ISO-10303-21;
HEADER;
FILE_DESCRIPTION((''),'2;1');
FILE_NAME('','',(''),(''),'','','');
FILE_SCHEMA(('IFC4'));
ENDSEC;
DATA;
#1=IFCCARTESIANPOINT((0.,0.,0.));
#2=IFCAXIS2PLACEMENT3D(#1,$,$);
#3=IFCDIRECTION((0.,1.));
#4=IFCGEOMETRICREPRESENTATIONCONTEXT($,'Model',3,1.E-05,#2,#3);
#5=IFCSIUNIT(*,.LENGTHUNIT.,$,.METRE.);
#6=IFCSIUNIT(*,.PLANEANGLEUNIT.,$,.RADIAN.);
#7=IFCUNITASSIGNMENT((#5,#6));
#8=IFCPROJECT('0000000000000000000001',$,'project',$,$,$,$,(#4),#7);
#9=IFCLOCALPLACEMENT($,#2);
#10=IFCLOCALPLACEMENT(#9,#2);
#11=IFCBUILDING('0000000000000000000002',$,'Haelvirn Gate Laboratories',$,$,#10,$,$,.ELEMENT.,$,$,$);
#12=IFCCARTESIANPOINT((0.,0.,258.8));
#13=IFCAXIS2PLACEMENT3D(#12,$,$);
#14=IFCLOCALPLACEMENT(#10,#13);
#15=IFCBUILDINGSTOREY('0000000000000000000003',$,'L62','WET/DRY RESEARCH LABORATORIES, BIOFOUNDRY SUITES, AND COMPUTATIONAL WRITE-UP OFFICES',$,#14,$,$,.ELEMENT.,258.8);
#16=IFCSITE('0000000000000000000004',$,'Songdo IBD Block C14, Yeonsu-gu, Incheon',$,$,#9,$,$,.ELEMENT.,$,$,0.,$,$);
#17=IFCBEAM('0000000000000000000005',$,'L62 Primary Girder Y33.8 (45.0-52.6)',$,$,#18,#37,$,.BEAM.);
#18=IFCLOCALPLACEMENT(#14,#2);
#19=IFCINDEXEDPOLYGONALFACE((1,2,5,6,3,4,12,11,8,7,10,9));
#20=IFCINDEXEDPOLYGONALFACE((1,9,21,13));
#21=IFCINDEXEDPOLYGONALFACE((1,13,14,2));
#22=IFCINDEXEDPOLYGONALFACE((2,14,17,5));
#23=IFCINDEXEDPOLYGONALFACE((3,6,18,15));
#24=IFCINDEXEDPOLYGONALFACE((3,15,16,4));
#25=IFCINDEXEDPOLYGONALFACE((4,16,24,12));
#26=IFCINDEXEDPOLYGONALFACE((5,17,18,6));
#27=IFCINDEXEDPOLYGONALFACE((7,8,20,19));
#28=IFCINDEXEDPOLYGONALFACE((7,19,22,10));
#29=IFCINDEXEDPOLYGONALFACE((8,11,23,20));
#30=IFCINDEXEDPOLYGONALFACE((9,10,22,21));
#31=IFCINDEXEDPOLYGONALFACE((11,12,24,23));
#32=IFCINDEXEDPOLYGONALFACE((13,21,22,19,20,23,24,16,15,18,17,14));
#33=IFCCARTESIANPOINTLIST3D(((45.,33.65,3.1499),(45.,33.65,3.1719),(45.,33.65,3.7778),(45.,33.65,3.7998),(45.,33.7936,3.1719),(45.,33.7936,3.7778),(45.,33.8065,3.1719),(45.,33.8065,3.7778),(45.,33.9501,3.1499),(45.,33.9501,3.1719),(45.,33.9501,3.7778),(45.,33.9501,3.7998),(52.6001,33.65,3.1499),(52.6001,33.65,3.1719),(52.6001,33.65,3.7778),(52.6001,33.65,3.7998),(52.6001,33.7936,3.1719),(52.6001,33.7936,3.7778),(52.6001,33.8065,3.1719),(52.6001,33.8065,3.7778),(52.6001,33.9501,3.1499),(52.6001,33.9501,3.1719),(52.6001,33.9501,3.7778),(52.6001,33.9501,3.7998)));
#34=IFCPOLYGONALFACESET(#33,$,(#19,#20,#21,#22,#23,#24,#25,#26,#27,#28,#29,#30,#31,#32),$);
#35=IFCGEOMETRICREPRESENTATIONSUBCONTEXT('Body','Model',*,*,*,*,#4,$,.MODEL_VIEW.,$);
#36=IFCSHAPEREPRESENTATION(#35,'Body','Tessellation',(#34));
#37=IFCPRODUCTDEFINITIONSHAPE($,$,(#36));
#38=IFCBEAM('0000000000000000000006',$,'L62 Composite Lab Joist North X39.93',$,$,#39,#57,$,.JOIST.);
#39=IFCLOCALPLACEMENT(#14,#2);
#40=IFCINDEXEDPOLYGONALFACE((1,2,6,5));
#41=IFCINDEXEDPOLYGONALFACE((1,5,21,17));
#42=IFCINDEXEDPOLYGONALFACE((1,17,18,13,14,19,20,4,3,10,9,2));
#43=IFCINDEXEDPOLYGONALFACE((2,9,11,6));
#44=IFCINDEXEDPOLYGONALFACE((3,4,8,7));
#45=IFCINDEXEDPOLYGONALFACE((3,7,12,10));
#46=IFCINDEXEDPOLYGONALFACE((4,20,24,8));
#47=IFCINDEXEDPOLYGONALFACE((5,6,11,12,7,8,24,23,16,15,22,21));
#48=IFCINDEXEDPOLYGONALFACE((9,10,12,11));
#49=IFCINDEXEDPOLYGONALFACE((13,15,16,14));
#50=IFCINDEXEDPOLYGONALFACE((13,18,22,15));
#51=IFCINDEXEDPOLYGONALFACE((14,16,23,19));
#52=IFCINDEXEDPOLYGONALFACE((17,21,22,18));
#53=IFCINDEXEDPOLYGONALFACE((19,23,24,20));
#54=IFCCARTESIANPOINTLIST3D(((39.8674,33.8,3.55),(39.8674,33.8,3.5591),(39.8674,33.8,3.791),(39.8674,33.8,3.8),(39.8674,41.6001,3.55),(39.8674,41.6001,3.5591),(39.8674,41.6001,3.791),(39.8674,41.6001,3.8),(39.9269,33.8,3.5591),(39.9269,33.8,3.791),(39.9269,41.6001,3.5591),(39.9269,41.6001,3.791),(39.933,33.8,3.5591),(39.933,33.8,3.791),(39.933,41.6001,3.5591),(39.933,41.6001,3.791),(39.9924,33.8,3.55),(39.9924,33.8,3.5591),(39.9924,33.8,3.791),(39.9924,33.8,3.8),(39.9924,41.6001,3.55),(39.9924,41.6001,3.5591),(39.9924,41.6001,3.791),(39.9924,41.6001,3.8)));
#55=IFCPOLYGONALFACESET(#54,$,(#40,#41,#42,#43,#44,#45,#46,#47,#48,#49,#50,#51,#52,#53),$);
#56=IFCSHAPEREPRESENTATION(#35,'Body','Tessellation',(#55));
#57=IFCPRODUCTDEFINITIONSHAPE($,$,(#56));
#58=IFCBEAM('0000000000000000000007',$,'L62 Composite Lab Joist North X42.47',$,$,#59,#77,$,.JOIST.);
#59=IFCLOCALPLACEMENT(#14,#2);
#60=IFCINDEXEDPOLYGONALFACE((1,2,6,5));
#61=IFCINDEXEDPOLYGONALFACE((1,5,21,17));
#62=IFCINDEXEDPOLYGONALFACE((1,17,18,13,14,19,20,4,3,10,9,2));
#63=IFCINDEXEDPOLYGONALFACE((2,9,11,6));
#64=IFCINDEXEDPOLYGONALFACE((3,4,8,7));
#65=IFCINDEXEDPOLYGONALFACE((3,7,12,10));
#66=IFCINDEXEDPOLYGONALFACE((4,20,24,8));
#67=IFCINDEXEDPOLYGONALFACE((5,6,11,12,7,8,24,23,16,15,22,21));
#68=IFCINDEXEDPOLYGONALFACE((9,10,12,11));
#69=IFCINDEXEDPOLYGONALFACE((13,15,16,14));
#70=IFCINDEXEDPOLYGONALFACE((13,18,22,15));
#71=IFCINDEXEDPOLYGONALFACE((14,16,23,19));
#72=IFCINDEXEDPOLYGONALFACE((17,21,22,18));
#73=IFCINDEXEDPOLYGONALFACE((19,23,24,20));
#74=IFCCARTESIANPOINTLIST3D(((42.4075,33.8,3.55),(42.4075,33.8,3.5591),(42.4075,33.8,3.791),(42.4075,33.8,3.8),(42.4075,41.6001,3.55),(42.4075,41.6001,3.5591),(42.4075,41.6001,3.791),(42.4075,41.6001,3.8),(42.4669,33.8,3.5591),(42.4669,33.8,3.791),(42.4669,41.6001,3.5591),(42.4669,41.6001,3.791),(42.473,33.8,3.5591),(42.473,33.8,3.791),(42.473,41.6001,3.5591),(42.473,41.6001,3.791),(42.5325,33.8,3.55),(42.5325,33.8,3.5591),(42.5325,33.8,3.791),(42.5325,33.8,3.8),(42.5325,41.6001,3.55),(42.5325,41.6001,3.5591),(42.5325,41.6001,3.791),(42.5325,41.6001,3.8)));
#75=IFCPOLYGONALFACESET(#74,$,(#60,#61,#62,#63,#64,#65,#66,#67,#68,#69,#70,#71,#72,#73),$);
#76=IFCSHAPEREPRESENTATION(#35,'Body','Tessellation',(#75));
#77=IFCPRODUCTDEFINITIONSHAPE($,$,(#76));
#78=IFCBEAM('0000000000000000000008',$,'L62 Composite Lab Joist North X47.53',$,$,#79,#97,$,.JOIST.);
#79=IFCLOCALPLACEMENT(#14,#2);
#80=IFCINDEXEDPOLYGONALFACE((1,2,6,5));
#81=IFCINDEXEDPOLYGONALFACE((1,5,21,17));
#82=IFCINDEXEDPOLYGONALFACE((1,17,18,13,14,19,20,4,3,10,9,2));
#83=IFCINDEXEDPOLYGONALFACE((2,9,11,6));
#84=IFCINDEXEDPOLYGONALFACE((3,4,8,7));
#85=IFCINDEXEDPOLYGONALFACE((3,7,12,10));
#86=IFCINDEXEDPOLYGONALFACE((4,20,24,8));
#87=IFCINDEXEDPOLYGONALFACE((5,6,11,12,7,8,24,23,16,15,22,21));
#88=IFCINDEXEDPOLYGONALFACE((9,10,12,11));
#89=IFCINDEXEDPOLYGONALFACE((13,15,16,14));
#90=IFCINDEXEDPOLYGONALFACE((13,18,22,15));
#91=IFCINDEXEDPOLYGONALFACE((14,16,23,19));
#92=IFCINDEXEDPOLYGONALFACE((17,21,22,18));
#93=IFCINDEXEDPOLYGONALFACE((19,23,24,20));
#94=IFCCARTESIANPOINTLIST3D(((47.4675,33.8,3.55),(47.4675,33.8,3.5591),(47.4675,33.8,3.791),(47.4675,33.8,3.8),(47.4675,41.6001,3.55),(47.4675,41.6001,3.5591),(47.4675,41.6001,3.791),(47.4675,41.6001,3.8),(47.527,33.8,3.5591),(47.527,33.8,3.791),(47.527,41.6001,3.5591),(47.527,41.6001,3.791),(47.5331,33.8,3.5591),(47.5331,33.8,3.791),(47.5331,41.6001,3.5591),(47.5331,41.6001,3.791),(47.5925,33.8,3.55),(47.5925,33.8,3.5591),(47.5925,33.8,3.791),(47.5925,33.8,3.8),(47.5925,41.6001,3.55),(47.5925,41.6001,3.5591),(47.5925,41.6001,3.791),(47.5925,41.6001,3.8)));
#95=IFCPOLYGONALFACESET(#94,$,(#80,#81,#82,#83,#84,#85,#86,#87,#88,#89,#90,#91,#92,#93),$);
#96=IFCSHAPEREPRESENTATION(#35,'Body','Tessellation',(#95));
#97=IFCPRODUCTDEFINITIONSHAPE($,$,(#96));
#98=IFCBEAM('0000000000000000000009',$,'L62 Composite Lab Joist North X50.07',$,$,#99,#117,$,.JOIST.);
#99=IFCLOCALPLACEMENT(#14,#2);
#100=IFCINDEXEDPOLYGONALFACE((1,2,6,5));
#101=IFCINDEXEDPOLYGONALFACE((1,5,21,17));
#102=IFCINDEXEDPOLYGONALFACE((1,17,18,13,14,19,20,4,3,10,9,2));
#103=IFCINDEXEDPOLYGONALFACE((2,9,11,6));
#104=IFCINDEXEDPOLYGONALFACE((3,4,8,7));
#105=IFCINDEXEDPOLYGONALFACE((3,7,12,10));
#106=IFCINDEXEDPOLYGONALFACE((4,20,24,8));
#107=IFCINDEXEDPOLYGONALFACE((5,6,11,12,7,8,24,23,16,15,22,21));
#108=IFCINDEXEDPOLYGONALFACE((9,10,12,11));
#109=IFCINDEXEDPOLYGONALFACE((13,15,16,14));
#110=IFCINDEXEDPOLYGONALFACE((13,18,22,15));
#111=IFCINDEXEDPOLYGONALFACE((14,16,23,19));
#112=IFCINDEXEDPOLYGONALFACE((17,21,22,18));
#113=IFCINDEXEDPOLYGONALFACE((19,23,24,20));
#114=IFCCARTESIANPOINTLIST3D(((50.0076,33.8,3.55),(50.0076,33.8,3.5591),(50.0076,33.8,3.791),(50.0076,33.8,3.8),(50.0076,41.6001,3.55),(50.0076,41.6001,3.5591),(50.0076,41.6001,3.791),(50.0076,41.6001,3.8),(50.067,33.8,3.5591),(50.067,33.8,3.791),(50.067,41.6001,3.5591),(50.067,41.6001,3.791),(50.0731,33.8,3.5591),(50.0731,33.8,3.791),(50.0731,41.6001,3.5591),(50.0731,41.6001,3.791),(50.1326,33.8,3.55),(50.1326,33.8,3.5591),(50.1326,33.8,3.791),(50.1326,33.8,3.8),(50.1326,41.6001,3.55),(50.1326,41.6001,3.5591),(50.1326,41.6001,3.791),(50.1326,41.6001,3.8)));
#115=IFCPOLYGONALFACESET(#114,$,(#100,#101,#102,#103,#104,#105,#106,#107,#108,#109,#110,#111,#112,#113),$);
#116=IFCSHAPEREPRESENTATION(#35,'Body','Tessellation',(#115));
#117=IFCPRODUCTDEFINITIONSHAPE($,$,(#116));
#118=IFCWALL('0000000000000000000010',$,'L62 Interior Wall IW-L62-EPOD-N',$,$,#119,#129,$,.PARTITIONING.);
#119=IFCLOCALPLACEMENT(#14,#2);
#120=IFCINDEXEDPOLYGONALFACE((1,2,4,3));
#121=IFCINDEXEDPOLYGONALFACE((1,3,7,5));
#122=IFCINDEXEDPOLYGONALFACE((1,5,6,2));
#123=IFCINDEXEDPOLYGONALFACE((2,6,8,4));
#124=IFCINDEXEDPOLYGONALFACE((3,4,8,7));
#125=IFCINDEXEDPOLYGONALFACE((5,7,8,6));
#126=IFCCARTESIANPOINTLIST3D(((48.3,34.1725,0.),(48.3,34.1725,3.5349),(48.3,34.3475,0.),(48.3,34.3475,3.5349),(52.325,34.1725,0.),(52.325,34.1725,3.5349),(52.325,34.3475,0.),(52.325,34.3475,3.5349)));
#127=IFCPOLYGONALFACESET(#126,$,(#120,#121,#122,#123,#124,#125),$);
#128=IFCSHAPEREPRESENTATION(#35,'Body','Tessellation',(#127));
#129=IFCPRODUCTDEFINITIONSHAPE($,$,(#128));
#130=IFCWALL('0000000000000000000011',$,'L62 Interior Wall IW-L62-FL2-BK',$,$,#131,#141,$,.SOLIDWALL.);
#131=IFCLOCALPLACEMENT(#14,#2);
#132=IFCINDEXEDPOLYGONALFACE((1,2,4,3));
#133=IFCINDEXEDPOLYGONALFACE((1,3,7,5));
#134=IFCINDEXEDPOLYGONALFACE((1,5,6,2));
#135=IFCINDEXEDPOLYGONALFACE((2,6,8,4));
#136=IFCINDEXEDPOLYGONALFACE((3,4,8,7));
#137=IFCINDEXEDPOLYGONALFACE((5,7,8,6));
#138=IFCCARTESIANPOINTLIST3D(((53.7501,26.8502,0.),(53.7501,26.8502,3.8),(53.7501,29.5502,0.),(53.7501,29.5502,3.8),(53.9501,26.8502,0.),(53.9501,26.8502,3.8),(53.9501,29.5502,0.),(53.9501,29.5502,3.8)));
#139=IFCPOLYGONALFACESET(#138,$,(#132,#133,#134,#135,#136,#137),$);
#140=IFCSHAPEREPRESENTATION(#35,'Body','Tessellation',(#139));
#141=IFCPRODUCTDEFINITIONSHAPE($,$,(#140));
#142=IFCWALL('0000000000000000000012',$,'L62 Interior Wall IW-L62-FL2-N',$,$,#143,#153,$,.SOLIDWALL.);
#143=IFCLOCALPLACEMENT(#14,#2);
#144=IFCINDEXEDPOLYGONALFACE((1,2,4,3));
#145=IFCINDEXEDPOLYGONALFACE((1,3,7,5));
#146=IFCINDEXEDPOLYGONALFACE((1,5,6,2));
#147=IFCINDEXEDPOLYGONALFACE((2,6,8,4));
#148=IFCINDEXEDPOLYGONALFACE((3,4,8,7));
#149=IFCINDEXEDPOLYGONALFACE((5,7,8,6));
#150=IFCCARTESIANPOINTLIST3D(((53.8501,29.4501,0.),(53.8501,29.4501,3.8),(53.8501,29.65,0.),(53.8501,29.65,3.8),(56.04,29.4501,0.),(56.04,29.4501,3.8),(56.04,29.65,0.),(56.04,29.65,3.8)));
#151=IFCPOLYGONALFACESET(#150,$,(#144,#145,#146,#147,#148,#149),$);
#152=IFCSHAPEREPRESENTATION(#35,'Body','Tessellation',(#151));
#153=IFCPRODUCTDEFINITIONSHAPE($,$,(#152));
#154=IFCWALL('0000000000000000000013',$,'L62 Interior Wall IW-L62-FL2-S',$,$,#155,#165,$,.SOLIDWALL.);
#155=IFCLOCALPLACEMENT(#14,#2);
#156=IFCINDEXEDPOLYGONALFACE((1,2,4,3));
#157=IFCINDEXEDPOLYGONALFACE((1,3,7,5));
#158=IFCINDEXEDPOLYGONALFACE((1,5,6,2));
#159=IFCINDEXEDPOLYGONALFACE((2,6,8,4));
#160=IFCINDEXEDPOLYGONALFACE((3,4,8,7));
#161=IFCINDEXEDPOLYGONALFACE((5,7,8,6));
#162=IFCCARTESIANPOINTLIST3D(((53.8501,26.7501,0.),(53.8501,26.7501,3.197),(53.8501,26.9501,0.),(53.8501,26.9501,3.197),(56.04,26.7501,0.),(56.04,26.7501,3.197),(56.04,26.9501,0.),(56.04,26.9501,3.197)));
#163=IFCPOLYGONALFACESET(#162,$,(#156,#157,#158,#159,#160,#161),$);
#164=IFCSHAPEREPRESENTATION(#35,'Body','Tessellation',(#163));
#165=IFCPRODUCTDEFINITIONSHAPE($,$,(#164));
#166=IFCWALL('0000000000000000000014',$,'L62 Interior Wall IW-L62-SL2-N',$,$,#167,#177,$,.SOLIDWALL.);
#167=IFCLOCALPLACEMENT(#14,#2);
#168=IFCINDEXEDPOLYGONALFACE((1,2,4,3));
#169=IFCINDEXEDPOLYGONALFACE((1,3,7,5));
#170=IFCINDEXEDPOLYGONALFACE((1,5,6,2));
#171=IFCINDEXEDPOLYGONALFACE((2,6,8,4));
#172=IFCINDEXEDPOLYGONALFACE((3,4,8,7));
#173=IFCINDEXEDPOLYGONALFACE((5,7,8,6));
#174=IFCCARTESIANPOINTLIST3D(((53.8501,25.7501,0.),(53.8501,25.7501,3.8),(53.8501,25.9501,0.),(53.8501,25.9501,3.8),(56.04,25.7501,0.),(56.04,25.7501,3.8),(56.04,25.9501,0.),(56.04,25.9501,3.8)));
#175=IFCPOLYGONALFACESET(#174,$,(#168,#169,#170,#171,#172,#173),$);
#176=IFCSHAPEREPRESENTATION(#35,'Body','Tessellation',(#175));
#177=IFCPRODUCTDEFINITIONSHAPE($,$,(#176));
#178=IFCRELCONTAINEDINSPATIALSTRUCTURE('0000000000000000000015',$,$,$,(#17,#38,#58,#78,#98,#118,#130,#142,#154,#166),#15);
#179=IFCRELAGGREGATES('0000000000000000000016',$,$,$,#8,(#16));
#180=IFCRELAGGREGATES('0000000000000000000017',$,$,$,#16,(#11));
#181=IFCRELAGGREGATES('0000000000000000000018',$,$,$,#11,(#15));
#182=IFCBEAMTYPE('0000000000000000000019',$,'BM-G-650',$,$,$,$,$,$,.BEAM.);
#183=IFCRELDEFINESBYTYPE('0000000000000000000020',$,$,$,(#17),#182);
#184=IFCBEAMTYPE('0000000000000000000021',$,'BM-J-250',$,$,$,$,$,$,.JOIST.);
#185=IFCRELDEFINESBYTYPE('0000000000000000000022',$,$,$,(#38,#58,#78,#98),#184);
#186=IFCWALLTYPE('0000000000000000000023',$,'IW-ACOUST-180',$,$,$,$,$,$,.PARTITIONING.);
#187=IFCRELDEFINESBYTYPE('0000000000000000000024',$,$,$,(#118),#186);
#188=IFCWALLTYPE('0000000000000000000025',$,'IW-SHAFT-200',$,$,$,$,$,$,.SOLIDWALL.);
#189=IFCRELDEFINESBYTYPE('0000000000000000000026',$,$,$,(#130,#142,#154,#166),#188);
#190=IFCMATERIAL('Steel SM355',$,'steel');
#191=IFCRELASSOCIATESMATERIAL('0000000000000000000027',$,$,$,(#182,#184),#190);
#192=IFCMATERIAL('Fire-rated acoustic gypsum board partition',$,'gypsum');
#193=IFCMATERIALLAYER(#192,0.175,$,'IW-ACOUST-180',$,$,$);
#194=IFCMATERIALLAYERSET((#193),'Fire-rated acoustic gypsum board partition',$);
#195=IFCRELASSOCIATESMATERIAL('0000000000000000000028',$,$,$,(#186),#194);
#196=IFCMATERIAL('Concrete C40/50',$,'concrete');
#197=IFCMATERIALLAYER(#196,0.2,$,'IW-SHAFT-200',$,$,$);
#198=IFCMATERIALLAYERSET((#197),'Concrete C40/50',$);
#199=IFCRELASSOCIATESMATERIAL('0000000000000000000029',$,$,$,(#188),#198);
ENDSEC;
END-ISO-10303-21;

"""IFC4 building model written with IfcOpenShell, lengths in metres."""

from ifc_helpers import new_model, si_unit, direction, frame, frame_2d, origin, origin_2d, place, context, subcontext, project, spatial, rectangle, i_section, extrude, source, transform, mapped, material, layer, layer_set, material_profile, profile_set, type_object, type_shapes, element, save


model = new_model("IFC4")

# Units and contexts
model_context = context("Model", 3, precision=1e-05, world=origin(), true_north=direction((0.0, 1.0)))
body_context = subcontext(model_context, "Body", "Model", "MODEL_VIEW")
ifc_project = project(units=[si_unit("LENGTHUNIT", "METRE"), si_unit("PLANEANGLEUNIT", "RADIAN")], contexts=[model_context])

# Site, building, storey
site_placement = place(None, origin())
site = spatial("IfcSite", under=ifc_project, at=site_placement, Name="Songdo IBD Block C14, Yeonsu-gu, Incheon", CompositionType="ELEMENT", RefElevation=0.0)
building_placement = place(site_placement, origin())
building = spatial("IfcBuilding", under=site, at=building_placement, Name="Haelvirn Gate Laboratories", CompositionType="ELEMENT")
storey_placement = place(building_placement, frame((0.0, 0.0, 258.8)))
storey = spatial("IfcBuildingStorey", under=building, at=storey_placement, Name="L62", Description="WET/DRY RESEARCH LABORATORIES, BIOFOUNDRY SUITES, AND COMPUTATIONAL WRITE-UP OFFICES", CompositionType="ELEMENT", Elevation=258.8)

# Shared definitions
ifc_material_1 = material(Name="Steel SM355", Category="steel")

# Beams
ifc_material_profile_1 = material_profile(ifc_material_1, i_section(OverallWidth=0.3, OverallDepth=0.6499, WebThickness=0.0129, FlangeThickness=0.022, at=origin_2d()), Name="H-650x300x13x22")
ifc_profile_set_1 = profile_set([ifc_material_profile_1], Name="Steel SM355")
beam_type_1 = type_object("IfcBeamType", Name="BM-G-650", PredefinedType="BEAM", material=ifc_profile_set_1)
shared_shape_1 = source(origin(), body_context, "Body", "SweptSolid", [
    extrude(i_section(OverallWidth=0.3, OverallDepth=0.6499, WebThickness=0.0129, FlangeThickness=0.022, at=origin_2d()), origin(), (0.0, 0.0, 1.0), 7.6001),
])
type_shapes(beam_type_1, [shared_shape_1])
for number, where, z_axis, x_axis, name in (
    (1, (45.0, 33.8, 3.4749), (1.0, 0.0, 0.0), (0.0, 1.0, 0.0), "L62 Primary Girder Y33.8 (45.0-52.6)"),
):
    element("IfcBeam", number, at=place(storey_placement, frame(where, z_axis=z_axis, x_axis=x_axis)), inside=storey, type_object=beam_type_1, Name=name, PredefinedType="BEAM", context=body_context, shape_type="MappedRepresentation", body=[
        mapped(shared_shape_1, transform((0.0, 0.0, 0.0), scale=1.0)),
    ])
ifc_material_profile_2 = material_profile(ifc_material_1, i_section(OverallWidth=0.125, OverallDepth=0.25, WebThickness=0.0061, FlangeThickness=0.009, at=origin_2d()), Name="H-250x125x6x9")
ifc_profile_set_2 = profile_set([ifc_material_profile_2], Name="Steel SM355")
beam_type_2 = type_object("IfcBeamType", Name="BM-J-250", PredefinedType="JOIST", material=ifc_profile_set_2)
shared_shape_2 = source(origin(), body_context, "Body", "SweptSolid", [
    extrude(i_section(OverallWidth=0.125, OverallDepth=0.25, WebThickness=0.0061, FlangeThickness=0.009, at=origin_2d()), origin(), (0.0, 0.0, 1.0), 7.8),
])
type_shapes(beam_type_2, [shared_shape_2])
for number, where, z_axis, x_axis, name in (
    (2, (39.9299, 33.8, 3.675), (0.0, 1.0, 0.0), (-1.0, 0.0, 0.0), "L62 Composite Lab Joist North X39.93"),
    (3, (42.47, 33.8, 3.675), (0.0, 1.0, 0.0), (-1.0, 0.0, 0.0), "L62 Composite Lab Joist North X42.47"),
    (4, (47.53, 33.8, 3.675), (0.0, 1.0, 0.0), (-1.0, 0.0, 0.0), "L62 Composite Lab Joist North X47.53"),
    (5, (50.0701, 33.8, 3.675), (0.0, 1.0, 0.0), (-1.0, 0.0, 0.0), "L62 Composite Lab Joist North X50.07"),
):
    element("IfcBeam", number, at=place(storey_placement, frame(where, z_axis=z_axis, x_axis=x_axis)), inside=storey, type_object=beam_type_2, Name=name, PredefinedType="JOIST", context=body_context, shape_type="MappedRepresentation", body=[
        mapped(shared_shape_2, transform((0.0, 0.0, 0.0), scale=1.0)),
    ])

# Walls
ifc_material_2 = material(Name="Fire-rated acoustic gypsum board partition", Category="gypsum")
ifc_layer_1 = layer(ifc_material_2, 0.175, Name="IW-ACOUST-180")
ifc_layer_set_1 = layer_set([ifc_layer_1], Name="Fire-rated acoustic gypsum board partition")
wall_type_1 = type_object("IfcWallType", Name="IW-ACOUST-180", PredefinedType="PARTITIONING", material=ifc_layer_set_1)
wall_1_placement = place(storey_placement, frame((48.3, 34.26, 0.0), z_axis=(0.0, 0.0, 1.0), x_axis=(1.0, 0.0, 0.0)))
element("IfcWall", 6, at=wall_1_placement, inside=storey, type_object=wall_type_1, Name="L62 Interior Wall IW-L62-EPOD-N", PredefinedType="PARTITIONING", context=body_context, shape_type="SweptSolid", body=[
    extrude(rectangle(XDim=4.0249, YDim=0.175, at=frame_2d((2.0125, 0.0))), origin(), (0.0, 0.0, 1.0), 3.5349),
])
ifc_material_3 = material(Name="Concrete C40/50", Category="concrete")
ifc_layer_2 = layer(ifc_material_3, 0.2, Name="IW-SHAFT-200")
ifc_layer_set_2 = layer_set([ifc_layer_2], Name="Concrete C40/50")
wall_type_2 = type_object("IfcWallType", Name="IW-SHAFT-200", PredefinedType="SOLIDWALL", material=ifc_layer_set_2)
wall_2_placement = place(storey_placement, frame((53.8501, 26.8501, 0.0), z_axis=(0.0, 0.0, 1.0), x_axis=(0.0, 1.0, 0.0)))
element("IfcWall", 7, at=wall_2_placement, inside=storey, type_object=wall_type_2, Name="L62 Interior Wall IW-L62-FL2-BK", PredefinedType="SOLIDWALL", context=body_context, shape_type="SweptSolid", body=[
    extrude(rectangle(XDim=2.7, YDim=0.2, at=frame_2d((1.3501, 0.0))), origin(), (0.0, 0.0, 1.0), 3.8),
])
wall_3_placement = place(storey_placement, frame((53.8501, 29.55, 0.0), z_axis=(0.0, 0.0, 1.0), x_axis=(1.0, 0.0, 0.0)))
element("IfcWall", 8, at=wall_3_placement, inside=storey, type_object=wall_type_2, Name="L62 Interior Wall IW-L62-FL2-N", PredefinedType="SOLIDWALL", context=body_context, shape_type="SweptSolid", body=[
    extrude(rectangle(XDim=2.1899, YDim=0.2, at=frame_2d((1.095, 0.0))), origin(), (0.0, 0.0, 1.0), 3.8),
])
wall_4_placement = place(storey_placement, frame((53.8501, 26.8501, 0.0), z_axis=(0.0, 0.0, 1.0), x_axis=(1.0, 0.0, 0.0)))
element("IfcWall", 9, at=wall_4_placement, inside=storey, type_object=wall_type_2, Name="L62 Interior Wall IW-L62-FL2-S", PredefinedType="SOLIDWALL", context=body_context, shape_type="SweptSolid", body=[
    extrude(rectangle(XDim=2.1899, YDim=0.2, at=frame_2d((1.095, 0.0))), origin(), (0.0, 0.0, 1.0), 3.197),
])
wall_5_placement = place(storey_placement, frame((53.8501, 25.8501, 0.0), z_axis=(0.0, 0.0, 1.0), x_axis=(1.0, 0.0, 0.0)))
element("IfcWall", 10, at=wall_5_placement, inside=storey, type_object=wall_type_2, Name="L62 Interior Wall IW-L62-SL2-N", PredefinedType="SOLIDWALL", context=body_context, shape_type="SweptSolid", body=[
    extrude(rectangle(XDim=2.1899, YDim=0.2, at=frame_2d((1.095, 0.0))), origin(), (0.0, 0.0, 1.0), 3.8),
])

save(model, "model.ifc")
